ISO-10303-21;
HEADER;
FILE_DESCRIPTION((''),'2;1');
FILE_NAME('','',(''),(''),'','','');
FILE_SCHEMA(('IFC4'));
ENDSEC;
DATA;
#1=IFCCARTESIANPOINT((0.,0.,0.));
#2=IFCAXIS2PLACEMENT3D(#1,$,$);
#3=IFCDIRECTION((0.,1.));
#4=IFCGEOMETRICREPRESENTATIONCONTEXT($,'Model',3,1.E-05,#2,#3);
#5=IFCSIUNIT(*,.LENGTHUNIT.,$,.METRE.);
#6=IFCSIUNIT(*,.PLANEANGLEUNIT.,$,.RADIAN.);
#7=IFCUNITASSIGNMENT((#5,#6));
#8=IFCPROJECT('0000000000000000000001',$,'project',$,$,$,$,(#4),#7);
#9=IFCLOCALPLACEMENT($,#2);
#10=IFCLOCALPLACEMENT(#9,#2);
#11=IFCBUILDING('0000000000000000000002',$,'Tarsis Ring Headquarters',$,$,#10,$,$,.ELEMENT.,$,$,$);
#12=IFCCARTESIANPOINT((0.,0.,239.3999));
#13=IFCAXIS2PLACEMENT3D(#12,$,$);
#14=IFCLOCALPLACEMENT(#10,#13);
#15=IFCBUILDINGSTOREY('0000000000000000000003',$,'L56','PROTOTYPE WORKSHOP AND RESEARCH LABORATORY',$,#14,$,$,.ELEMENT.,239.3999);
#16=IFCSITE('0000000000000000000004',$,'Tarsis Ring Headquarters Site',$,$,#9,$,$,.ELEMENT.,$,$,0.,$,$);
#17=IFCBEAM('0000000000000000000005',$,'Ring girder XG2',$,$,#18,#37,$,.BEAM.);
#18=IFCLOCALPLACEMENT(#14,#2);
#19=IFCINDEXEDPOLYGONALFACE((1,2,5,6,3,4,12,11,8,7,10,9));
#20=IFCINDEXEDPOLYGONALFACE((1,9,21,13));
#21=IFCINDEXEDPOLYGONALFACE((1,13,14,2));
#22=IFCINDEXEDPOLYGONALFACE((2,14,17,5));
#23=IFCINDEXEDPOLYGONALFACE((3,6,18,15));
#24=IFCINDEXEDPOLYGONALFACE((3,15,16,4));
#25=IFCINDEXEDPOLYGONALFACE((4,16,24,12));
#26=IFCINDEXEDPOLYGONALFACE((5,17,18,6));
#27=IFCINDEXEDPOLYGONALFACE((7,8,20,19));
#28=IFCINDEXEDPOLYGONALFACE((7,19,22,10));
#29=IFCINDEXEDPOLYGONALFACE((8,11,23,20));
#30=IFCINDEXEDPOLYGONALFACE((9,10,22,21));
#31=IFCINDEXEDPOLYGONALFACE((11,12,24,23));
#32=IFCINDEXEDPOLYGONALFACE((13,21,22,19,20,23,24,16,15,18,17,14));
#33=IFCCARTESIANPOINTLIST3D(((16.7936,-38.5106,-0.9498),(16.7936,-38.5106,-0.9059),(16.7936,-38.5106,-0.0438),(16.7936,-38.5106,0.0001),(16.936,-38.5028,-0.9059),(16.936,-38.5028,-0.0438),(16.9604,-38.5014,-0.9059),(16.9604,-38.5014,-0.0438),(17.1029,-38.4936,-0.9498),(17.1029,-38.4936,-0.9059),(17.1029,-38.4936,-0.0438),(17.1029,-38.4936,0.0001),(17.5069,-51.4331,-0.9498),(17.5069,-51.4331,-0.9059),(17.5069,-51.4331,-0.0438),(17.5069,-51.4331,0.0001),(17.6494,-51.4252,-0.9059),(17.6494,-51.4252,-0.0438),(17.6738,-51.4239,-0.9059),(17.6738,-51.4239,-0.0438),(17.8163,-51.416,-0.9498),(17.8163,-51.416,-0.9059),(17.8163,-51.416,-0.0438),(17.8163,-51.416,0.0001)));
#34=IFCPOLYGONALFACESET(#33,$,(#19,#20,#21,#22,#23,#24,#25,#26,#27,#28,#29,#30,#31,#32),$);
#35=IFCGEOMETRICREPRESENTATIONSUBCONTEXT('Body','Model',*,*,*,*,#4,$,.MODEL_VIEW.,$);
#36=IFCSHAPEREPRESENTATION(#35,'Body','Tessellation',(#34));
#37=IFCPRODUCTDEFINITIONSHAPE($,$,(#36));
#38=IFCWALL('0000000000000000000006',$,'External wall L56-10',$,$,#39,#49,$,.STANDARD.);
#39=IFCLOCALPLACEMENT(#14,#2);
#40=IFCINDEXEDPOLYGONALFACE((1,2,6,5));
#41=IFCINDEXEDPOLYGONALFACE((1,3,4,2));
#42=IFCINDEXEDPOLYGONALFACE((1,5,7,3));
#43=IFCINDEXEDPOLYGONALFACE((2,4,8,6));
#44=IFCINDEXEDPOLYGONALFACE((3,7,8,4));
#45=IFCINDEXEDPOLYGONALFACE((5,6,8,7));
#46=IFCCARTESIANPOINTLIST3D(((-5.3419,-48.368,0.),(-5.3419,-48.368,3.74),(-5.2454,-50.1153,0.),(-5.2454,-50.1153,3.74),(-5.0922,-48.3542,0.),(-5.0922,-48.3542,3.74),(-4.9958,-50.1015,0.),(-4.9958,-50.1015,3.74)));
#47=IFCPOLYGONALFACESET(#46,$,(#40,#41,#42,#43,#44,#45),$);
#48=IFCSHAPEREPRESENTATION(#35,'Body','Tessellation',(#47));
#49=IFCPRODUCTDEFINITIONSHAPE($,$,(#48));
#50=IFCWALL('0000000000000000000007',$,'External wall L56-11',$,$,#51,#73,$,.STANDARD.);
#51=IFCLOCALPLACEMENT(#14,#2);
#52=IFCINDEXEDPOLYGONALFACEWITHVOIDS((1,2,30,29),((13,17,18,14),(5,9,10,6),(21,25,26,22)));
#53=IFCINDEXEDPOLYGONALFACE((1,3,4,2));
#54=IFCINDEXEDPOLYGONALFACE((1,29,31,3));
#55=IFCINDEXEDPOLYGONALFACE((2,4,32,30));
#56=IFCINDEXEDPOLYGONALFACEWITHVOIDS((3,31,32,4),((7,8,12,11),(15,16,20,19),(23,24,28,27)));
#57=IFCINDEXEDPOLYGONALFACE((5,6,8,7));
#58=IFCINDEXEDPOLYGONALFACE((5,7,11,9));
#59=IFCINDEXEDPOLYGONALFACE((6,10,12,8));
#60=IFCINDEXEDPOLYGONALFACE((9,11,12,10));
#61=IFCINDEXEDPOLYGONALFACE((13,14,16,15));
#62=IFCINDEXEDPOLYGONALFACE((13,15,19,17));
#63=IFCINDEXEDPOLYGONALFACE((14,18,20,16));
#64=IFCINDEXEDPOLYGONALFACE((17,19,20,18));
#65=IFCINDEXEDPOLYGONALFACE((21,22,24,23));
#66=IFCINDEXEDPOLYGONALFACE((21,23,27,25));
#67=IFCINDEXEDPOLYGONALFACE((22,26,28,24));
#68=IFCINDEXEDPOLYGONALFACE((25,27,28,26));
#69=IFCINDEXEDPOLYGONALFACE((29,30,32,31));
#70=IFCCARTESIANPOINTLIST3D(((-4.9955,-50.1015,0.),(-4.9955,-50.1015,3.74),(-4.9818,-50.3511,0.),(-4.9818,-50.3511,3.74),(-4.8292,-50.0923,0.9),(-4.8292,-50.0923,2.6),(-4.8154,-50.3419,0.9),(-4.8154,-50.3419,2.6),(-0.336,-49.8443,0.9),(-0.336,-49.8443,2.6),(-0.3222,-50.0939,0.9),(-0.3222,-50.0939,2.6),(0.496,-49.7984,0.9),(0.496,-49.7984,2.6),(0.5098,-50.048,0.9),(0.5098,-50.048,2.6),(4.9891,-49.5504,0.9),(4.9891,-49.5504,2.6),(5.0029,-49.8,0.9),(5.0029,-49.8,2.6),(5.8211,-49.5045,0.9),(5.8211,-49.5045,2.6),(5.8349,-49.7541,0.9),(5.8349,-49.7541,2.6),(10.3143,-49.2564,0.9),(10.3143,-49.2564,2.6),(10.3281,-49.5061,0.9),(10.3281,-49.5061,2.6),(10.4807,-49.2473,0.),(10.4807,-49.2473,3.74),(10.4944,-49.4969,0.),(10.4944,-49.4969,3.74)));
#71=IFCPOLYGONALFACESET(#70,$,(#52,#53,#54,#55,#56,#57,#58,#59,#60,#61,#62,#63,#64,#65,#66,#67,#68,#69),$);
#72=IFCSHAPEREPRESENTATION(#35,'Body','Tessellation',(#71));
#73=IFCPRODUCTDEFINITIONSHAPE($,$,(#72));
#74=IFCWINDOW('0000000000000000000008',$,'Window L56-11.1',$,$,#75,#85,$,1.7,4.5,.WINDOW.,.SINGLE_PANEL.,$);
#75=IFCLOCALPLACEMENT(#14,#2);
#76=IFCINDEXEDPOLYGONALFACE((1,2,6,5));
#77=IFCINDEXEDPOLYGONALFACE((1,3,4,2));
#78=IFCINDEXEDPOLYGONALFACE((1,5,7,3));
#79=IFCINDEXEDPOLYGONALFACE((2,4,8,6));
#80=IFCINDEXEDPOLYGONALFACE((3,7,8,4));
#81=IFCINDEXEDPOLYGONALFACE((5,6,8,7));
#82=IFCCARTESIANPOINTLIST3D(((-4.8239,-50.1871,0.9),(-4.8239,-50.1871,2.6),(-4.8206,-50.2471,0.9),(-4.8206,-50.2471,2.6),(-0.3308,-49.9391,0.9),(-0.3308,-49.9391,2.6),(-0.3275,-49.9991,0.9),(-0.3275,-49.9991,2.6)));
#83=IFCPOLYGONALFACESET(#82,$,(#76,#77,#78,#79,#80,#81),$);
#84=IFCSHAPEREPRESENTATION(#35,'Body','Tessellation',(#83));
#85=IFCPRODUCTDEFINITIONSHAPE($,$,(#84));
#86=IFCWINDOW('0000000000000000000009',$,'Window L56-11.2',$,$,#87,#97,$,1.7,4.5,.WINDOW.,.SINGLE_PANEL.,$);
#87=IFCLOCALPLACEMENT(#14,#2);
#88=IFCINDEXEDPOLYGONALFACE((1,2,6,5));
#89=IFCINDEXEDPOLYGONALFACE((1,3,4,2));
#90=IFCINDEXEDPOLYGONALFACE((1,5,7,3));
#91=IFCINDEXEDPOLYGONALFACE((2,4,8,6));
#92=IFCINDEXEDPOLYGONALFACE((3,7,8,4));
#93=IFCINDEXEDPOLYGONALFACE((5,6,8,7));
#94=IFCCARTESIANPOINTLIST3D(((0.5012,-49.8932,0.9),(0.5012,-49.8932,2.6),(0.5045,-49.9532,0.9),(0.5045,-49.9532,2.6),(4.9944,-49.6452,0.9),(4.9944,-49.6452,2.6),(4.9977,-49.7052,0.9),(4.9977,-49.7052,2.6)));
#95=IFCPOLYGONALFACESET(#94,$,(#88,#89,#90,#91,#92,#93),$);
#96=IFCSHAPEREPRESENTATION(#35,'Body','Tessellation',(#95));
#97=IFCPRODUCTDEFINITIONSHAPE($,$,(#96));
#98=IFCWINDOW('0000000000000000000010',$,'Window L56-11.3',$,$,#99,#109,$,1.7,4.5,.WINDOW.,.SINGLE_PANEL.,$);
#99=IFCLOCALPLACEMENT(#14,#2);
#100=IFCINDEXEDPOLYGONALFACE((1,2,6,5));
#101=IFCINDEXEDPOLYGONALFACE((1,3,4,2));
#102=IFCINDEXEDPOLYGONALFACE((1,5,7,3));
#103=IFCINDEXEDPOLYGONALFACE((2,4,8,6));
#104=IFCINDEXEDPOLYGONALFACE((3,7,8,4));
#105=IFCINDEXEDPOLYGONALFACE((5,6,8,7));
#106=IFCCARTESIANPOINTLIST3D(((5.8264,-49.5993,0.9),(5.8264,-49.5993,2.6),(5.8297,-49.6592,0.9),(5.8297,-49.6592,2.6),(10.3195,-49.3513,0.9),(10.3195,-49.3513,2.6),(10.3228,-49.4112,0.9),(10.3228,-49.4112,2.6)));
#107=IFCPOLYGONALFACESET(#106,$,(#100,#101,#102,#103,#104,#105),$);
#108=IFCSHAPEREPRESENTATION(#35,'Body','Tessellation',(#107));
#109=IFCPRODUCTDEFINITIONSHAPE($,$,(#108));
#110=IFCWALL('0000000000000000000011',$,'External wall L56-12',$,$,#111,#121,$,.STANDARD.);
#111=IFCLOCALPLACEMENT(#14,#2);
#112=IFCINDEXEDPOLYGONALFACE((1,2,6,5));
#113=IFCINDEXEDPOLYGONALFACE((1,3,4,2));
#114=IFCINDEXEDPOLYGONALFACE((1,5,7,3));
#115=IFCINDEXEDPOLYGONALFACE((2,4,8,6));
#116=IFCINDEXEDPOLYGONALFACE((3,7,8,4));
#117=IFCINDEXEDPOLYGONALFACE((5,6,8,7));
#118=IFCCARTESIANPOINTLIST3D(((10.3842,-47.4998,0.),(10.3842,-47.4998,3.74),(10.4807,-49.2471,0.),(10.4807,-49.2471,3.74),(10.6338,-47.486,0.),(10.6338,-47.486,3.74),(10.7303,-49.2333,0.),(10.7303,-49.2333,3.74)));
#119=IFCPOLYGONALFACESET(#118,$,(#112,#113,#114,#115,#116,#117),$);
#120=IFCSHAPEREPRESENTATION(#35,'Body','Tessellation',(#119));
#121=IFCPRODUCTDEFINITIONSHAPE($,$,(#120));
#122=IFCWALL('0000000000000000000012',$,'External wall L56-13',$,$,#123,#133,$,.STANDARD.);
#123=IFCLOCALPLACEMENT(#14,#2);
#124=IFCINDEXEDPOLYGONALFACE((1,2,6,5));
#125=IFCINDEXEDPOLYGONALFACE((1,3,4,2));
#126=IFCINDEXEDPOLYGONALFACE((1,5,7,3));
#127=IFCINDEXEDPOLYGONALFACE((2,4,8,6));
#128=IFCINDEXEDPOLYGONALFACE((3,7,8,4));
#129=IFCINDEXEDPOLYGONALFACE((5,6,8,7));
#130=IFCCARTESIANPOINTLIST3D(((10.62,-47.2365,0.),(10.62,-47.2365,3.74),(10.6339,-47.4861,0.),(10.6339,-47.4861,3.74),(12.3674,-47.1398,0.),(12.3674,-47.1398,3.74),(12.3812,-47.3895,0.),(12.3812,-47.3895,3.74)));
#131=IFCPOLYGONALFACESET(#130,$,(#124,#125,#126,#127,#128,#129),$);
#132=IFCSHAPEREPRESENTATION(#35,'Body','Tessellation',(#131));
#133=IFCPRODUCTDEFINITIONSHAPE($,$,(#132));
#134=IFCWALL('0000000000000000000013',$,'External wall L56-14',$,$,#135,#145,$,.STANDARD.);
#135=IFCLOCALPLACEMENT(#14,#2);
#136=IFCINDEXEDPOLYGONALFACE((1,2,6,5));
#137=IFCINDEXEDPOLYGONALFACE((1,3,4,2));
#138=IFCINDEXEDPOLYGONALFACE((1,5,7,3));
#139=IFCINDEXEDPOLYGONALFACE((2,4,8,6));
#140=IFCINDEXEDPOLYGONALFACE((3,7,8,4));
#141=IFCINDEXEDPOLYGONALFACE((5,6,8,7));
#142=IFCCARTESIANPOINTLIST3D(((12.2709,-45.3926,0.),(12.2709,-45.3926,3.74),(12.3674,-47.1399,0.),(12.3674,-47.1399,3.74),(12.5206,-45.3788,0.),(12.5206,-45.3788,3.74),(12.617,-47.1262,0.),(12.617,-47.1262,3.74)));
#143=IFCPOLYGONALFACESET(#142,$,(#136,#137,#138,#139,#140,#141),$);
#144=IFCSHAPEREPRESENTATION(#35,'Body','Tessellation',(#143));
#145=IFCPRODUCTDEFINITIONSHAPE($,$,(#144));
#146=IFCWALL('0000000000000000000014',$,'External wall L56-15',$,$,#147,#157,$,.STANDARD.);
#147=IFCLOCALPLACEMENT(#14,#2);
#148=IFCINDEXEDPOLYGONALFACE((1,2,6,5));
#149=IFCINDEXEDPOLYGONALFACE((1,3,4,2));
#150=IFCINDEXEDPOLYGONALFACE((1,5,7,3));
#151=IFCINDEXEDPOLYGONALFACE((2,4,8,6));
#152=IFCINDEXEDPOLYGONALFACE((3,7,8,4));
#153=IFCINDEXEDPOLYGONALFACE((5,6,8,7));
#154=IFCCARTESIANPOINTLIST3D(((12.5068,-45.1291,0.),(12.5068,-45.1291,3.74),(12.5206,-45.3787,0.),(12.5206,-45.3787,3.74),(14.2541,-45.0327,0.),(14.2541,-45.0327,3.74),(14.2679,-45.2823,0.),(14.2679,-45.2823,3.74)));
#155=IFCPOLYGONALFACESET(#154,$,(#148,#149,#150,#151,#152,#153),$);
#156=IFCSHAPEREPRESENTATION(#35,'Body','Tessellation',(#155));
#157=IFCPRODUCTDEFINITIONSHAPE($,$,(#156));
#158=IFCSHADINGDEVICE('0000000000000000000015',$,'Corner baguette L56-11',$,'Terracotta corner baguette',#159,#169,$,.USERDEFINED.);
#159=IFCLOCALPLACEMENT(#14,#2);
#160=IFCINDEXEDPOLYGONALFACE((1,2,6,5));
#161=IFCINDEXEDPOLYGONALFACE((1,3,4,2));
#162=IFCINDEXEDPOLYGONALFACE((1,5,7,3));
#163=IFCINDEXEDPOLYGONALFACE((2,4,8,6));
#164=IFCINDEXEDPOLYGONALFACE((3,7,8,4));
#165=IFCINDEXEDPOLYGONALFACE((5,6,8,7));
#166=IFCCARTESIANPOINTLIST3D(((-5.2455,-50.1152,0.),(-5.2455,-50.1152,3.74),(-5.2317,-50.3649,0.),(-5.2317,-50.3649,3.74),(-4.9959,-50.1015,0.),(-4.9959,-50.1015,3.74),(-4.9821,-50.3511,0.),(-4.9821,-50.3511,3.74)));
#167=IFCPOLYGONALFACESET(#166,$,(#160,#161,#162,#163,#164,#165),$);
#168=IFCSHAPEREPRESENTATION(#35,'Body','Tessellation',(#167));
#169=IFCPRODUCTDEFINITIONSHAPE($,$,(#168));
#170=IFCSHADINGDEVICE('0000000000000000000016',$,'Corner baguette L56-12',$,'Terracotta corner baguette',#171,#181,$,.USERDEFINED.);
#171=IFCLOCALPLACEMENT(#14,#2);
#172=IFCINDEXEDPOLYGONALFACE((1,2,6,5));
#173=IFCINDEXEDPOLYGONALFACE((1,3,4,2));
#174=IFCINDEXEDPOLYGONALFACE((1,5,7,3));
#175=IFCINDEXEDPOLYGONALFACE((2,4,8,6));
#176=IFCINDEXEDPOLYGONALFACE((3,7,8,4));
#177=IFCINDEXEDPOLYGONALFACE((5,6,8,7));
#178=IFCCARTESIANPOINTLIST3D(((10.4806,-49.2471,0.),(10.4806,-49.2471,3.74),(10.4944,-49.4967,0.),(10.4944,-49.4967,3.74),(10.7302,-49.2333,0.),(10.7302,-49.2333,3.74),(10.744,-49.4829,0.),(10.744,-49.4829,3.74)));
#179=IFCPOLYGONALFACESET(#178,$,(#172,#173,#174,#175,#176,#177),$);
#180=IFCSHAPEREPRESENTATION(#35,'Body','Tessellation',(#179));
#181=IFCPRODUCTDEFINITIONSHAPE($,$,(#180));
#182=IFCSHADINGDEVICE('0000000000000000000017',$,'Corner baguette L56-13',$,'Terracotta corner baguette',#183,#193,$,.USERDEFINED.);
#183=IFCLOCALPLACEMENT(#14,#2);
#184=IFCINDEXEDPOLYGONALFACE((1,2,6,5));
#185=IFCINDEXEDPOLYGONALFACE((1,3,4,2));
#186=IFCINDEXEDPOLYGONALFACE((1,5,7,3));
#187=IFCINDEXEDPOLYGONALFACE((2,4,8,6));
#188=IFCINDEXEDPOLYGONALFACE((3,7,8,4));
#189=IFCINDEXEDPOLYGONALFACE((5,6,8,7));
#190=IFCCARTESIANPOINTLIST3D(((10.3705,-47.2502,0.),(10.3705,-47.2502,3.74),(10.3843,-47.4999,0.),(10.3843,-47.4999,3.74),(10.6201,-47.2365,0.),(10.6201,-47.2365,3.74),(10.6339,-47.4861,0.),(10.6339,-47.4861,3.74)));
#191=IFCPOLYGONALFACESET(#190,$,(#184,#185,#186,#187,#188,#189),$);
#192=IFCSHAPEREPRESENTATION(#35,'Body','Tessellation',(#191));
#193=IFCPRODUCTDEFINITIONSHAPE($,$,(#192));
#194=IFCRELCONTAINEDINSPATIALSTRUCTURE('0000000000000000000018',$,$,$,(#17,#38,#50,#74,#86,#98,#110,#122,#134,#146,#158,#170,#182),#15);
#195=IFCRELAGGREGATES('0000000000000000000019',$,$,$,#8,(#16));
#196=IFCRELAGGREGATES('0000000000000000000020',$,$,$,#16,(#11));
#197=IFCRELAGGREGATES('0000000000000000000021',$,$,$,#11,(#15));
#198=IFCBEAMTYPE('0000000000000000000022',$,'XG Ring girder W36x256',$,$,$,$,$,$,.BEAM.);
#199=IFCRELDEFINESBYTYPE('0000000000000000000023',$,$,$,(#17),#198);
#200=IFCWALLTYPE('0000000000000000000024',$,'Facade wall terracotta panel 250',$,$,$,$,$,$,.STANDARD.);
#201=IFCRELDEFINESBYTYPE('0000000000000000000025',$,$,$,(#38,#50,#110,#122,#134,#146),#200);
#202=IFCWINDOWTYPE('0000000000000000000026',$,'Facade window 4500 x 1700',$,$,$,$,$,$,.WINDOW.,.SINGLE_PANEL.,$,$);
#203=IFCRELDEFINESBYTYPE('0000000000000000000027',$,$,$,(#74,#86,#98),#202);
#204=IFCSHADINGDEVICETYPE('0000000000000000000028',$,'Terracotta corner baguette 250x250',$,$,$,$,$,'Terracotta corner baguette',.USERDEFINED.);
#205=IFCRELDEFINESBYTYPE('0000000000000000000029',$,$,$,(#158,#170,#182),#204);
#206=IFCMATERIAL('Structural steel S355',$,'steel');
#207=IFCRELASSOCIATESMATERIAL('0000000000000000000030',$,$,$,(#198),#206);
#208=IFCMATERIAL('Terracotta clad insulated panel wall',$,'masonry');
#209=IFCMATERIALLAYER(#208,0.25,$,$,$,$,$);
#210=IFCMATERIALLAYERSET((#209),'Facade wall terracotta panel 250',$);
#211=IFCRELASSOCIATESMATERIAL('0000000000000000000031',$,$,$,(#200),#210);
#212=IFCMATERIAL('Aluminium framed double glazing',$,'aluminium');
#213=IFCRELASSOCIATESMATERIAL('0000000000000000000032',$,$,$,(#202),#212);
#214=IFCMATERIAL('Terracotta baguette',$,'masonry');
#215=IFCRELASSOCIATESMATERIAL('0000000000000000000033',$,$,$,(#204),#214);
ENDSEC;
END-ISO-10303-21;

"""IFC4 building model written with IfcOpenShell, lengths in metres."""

from ifc_helpers import new_model, si_unit, direction, frame, frame_2d, origin, origin_2d, place, context, subcontext, project, spatial, rectangle, i_section, extrude, material, layer, layer_set, material_profile, profile_set, type_object, element, fill, save


model = new_model("IFC4")

# Units and contexts
model_context = context("Model", 3, precision=1e-05, world=origin(), true_north=direction((0.0, 1.0)))
body_context = subcontext(model_context, "Body", "Model", "MODEL_VIEW")
ifc_project = project(units=[si_unit("LENGTHUNIT", "METRE"), si_unit("PLANEANGLEUNIT", "RADIAN")], contexts=[model_context])

# Site, building, storey
site_placement = place(None, origin())
site = spatial("IfcSite", under=ifc_project, at=site_placement, Name="Tarsis Ring Headquarters Site", CompositionType="ELEMENT", RefElevation=0.0)
building_placement = place(site_placement, origin())
building = spatial("IfcBuilding", under=site, at=building_placement, Name="Tarsis Ring Headquarters", CompositionType="ELEMENT")
storey_placement = place(building_placement, frame((0.0, 0.0, 239.3999)))
storey = spatial("IfcBuildingStorey", under=building, at=storey_placement, Name="L56", Description="PROTOTYPE WORKSHOP AND RESEARCH LABORATORY", CompositionType="ELEMENT", Elevation=239.3999)

# Shared definitions
ifc_material_1 = material(Name="Structural steel S355", Category="steel")

# Beam
ifc_material_profile_1 = material_profile(ifc_material_1, i_section(OverallWidth=0.3098, OverallDepth=0.95, WebThickness=0.0244, FlangeThickness=0.0439, at=origin_2d()), Name="W36x256")
ifc_profile_set_1 = profile_set([ifc_material_profile_1], Name="Structural steel S355")
beam_type = type_object("IfcBeamType", Name="XG Ring girder W36x256", PredefinedType="BEAM", material=ifc_profile_set_1)
beam_1_placement = place(storey_placement, frame((17.6616, -51.4246, -0.4749), z_axis=(-0.055121, 0.99848, 0.0), x_axis=(-0.99848, -0.055121, 0.0)))
element("IfcBeam", 1, at=beam_1_placement, inside=storey, type_object=beam_type, Name="Ring girder XG2", PredefinedType="BEAM", context=body_context, shape_type="SweptSolid", body=[
    extrude(i_section(OverallWidth=0.3098, OverallDepth=0.95, WebThickness=0.0244, FlangeThickness=0.0439, at=origin_2d()), origin(), (0.0, 0.0, 1.0), 12.9421),
])

# Wall
ifc_material_2 = material(Name="Terracotta clad insulated panel wall", Category="masonry")
ifc_layer = layer(ifc_material_2, 0.25)
ifc_layer_set = layer_set([ifc_layer], Name="Facade wall terracotta panel 250")
wall_type = type_object("IfcWallType", Name="Facade wall terracotta panel 250", PredefinedType="STANDARD", material=ifc_layer_set)
wall_1_placement = place(storey_placement, frame((-5.217, -48.3611, 0.0), z_axis=(0.0, 0.0, 1.0), x_axis=(0.055107, -0.99848, 0.0)))
element("IfcWall", 2, at=wall_1_placement, inside=storey, type_object=wall_type, Name="External wall L56-10", PredefinedType="STANDARD", context=body_context, shape_type="SweptSolid", body=[
    extrude(rectangle(XDim=1.75, YDim=0.25, at=frame_2d((0.875, 0.0))), origin(), (0.0, 0.0, 1.0), 3.74),
])

# Wall, openings, windows
wall_2_placement = place(storey_placement, frame((-4.9888, -50.2263, 0.0), z_axis=(0.0, 0.0, 1.0), x_axis=(0.99848, 0.055113, 0.0)))
wall_2 = element("IfcWall", 3, at=wall_2_placement, inside=storey, type_object=wall_type, Name="External wall L56-11", PredefinedType="STANDARD", context=body_context, shape_type="SweptSolid", body=[
    extrude(rectangle(XDim=15.4998, YDim=0.25, at=frame_2d((7.75, 0.0))), origin(), (0.0, 0.0, 1.0), 3.74),
])
opening_1_placement = place(wall_2_placement, frame((0.1667, 0.0, 0.8999)))
opening_1 = element("IfcOpeningElement", 4, at=opening_1_placement, cuts=wall_2, PredefinedType="OPENING", context=body_context, shape_type="SweptSolid", body=[
    extrude(rectangle(XDim=4.5, YDim=1.7, at=frame_2d((2.25, 0.8501))), frame((0.0, 0.135, 0.0), z_axis=(0.0, -1.0, 0.0), x_axis=(1.0, 0.0, 0.0)), (0.0, 0.0, 1.0), 0.27),
])
opening_2_placement = place(wall_2_placement, frame((5.5, 0.0, 0.8999)))
opening_2 = element("IfcOpeningElement", 5, at=opening_2_placement, cuts=wall_2, PredefinedType="OPENING", context=body_context, shape_type="SweptSolid", body=[
    extrude(rectangle(XDim=4.5, YDim=1.7, at=frame_2d((2.25, 0.8501))), frame((0.0, 0.135, 0.0), z_axis=(0.0, -1.0, 0.0), x_axis=(1.0, 0.0, 0.0)), (0.0, 0.0, 1.0), 0.27),
])
opening_3_placement = place(wall_2_placement, frame((10.8333, 0.0, 0.8999)))
opening_3 = element("IfcOpeningElement", 6, at=opening_3_placement, cuts=wall_2, PredefinedType="OPENING", context=body_context, shape_type="SweptSolid", body=[
    extrude(rectangle(XDim=4.5, YDim=1.7, at=frame_2d((2.25, 0.8501))), frame((0.0, 0.135, 0.0), z_axis=(0.0, -1.0, 0.0), x_axis=(1.0, 0.0, 0.0)), (0.0, 0.0, 1.0), 0.27),
])
ifc_material_3 = material(Name="Aluminium framed double glazing", Category="aluminium")
window_type = type_object("IfcWindowType", Name="Facade window 4500 x 1700", PartitioningType="SINGLE_PANEL", PredefinedType="WINDOW", material=ifc_material_3)
window_1_placement = place(opening_1_placement, origin())
window_1 = element("IfcWindow", 7, at=window_1_placement, inside=storey, type_object=window_type, Name="Window L56-11.1", OverallHeight=1.7, OverallWidth=4.5, PartitioningType="SINGLE_PANEL", PredefinedType="WINDOW", context=body_context, shape_type="SweptSolid", body=[
    extrude(rectangle(XDim=4.5, YDim=1.7, at=frame_2d((2.25, 0.8501))), frame((0.0, 0.03, 0.0), z_axis=(0.0, -1.0, 0.0), x_axis=(1.0, 0.0, 0.0)), (0.0, 0.0, 1.0), 0.0601),
])
fill(opening_1, window_1)
window_2_placement = place(opening_2_placement, origin())
window_2 = element("IfcWindow", 8, at=window_2_placement, inside=storey, type_object=window_type, Name="Window L56-11.2", OverallHeight=1.7, OverallWidth=4.5, PartitioningType="SINGLE_PANEL", PredefinedType="WINDOW", context=body_context, shape_type="SweptSolid", body=[
    extrude(rectangle(XDim=4.5, YDim=1.7, at=frame_2d((2.25, 0.8501))), frame((0.0, 0.03, 0.0), z_axis=(0.0, -1.0, 0.0), x_axis=(1.0, 0.0, 0.0)), (0.0, 0.0, 1.0), 0.0601),
])
fill(opening_2, window_2)
window_3_placement = place(opening_3_placement, origin())
window_3 = element("IfcWindow", 9, at=window_3_placement, inside=storey, type_object=window_type, Name="Window L56-11.3", OverallHeight=1.7, OverallWidth=4.5, PartitioningType="SINGLE_PANEL", PredefinedType="WINDOW", context=body_context, shape_type="SweptSolid", body=[
    extrude(rectangle(XDim=4.5, YDim=1.7, at=frame_2d((2.25, 0.8501))), frame((0.0, 0.03, 0.0), z_axis=(0.0, -1.0, 0.0), x_axis=(1.0, 0.0, 0.0)), (0.0, 0.0, 1.0), 0.0601),
])
fill(opening_3, window_3)

# Walls
for number, where, z_axis, x_axis, name in (
    (10, (10.6055, -49.2402, 0.0), (0.0, 0.0, 1.0), (-0.055107, 0.99848, 0.0), "External wall L56-12"),
    (11, (10.627, -47.3613, 0.0), (0.0, 0.0, 1.0), (0.998473, 0.055246, 0.0), "External wall L56-13"),
    (12, (12.4922, -47.1331, 0.0), (0.0, 0.0, 1.0), (-0.055107, 0.99848, 0.0), "External wall L56-14"),
    (13, (12.5137, -45.2539, 0.0), (0.0, 0.0, 1.0), (0.99848, 0.055107, 0.0), "External wall L56-15"),
):
    element("IfcWall", number, at=place(storey_placement, frame(where, z_axis=z_axis, x_axis=x_axis)), inside=storey, type_object=wall_type, Name=name, PredefinedType="STANDARD", context=body_context, shape_type="SweptSolid", body=[
        extrude(rectangle(XDim=1.75, YDim=0.25, at=frame_2d((0.875, 0.0))), origin(), (0.0, 0.0, 1.0), 3.74),
    ])

# Shading devices
ifc_material_4 = material(Name="Terracotta baguette", Category="masonry")
shading_device_type_1 = type_object("IfcShadingDeviceType", Name="Terracotta corner baguette 250x250", ElementType="Terracotta corner baguette", PredefinedType="USERDEFINED", material=ifc_material_4)
for number, where, z_axis, x_axis, name in (
    (14, (-5.1138, -50.2332, 0.0), (0.0, 0.0, 1.0), (0.055125, -0.998479, 0.0), "Corner baguette L56-11"),
    (15, (10.6123, -49.365, 0.0), (0.0, 0.0, 1.0), (0.998479, 0.055124, 0.0), "Corner baguette L56-12"),
    (16, (10.5022, -47.3682, 0.0), (0.0, 0.0, 1.0), (-0.055125, 0.998479, 0.0), "Corner baguette L56-13"),
):
    element("IfcShadingDevice", number, at=place(storey_placement, frame(where, z_axis=z_axis, x_axis=x_axis)), inside=storey, type_object=shading_device_type_1, Name=name, ObjectType="Terracotta corner baguette", PredefinedType="USERDEFINED", context=body_context, shape_type="SweptSolid", body=[
        extrude(rectangle(XDim=0.25, YDim=0.25, at=origin_2d()), origin(), (0.0, 0.0, 1.0), 3.74),
    ])

save(model, "model.ifc")
